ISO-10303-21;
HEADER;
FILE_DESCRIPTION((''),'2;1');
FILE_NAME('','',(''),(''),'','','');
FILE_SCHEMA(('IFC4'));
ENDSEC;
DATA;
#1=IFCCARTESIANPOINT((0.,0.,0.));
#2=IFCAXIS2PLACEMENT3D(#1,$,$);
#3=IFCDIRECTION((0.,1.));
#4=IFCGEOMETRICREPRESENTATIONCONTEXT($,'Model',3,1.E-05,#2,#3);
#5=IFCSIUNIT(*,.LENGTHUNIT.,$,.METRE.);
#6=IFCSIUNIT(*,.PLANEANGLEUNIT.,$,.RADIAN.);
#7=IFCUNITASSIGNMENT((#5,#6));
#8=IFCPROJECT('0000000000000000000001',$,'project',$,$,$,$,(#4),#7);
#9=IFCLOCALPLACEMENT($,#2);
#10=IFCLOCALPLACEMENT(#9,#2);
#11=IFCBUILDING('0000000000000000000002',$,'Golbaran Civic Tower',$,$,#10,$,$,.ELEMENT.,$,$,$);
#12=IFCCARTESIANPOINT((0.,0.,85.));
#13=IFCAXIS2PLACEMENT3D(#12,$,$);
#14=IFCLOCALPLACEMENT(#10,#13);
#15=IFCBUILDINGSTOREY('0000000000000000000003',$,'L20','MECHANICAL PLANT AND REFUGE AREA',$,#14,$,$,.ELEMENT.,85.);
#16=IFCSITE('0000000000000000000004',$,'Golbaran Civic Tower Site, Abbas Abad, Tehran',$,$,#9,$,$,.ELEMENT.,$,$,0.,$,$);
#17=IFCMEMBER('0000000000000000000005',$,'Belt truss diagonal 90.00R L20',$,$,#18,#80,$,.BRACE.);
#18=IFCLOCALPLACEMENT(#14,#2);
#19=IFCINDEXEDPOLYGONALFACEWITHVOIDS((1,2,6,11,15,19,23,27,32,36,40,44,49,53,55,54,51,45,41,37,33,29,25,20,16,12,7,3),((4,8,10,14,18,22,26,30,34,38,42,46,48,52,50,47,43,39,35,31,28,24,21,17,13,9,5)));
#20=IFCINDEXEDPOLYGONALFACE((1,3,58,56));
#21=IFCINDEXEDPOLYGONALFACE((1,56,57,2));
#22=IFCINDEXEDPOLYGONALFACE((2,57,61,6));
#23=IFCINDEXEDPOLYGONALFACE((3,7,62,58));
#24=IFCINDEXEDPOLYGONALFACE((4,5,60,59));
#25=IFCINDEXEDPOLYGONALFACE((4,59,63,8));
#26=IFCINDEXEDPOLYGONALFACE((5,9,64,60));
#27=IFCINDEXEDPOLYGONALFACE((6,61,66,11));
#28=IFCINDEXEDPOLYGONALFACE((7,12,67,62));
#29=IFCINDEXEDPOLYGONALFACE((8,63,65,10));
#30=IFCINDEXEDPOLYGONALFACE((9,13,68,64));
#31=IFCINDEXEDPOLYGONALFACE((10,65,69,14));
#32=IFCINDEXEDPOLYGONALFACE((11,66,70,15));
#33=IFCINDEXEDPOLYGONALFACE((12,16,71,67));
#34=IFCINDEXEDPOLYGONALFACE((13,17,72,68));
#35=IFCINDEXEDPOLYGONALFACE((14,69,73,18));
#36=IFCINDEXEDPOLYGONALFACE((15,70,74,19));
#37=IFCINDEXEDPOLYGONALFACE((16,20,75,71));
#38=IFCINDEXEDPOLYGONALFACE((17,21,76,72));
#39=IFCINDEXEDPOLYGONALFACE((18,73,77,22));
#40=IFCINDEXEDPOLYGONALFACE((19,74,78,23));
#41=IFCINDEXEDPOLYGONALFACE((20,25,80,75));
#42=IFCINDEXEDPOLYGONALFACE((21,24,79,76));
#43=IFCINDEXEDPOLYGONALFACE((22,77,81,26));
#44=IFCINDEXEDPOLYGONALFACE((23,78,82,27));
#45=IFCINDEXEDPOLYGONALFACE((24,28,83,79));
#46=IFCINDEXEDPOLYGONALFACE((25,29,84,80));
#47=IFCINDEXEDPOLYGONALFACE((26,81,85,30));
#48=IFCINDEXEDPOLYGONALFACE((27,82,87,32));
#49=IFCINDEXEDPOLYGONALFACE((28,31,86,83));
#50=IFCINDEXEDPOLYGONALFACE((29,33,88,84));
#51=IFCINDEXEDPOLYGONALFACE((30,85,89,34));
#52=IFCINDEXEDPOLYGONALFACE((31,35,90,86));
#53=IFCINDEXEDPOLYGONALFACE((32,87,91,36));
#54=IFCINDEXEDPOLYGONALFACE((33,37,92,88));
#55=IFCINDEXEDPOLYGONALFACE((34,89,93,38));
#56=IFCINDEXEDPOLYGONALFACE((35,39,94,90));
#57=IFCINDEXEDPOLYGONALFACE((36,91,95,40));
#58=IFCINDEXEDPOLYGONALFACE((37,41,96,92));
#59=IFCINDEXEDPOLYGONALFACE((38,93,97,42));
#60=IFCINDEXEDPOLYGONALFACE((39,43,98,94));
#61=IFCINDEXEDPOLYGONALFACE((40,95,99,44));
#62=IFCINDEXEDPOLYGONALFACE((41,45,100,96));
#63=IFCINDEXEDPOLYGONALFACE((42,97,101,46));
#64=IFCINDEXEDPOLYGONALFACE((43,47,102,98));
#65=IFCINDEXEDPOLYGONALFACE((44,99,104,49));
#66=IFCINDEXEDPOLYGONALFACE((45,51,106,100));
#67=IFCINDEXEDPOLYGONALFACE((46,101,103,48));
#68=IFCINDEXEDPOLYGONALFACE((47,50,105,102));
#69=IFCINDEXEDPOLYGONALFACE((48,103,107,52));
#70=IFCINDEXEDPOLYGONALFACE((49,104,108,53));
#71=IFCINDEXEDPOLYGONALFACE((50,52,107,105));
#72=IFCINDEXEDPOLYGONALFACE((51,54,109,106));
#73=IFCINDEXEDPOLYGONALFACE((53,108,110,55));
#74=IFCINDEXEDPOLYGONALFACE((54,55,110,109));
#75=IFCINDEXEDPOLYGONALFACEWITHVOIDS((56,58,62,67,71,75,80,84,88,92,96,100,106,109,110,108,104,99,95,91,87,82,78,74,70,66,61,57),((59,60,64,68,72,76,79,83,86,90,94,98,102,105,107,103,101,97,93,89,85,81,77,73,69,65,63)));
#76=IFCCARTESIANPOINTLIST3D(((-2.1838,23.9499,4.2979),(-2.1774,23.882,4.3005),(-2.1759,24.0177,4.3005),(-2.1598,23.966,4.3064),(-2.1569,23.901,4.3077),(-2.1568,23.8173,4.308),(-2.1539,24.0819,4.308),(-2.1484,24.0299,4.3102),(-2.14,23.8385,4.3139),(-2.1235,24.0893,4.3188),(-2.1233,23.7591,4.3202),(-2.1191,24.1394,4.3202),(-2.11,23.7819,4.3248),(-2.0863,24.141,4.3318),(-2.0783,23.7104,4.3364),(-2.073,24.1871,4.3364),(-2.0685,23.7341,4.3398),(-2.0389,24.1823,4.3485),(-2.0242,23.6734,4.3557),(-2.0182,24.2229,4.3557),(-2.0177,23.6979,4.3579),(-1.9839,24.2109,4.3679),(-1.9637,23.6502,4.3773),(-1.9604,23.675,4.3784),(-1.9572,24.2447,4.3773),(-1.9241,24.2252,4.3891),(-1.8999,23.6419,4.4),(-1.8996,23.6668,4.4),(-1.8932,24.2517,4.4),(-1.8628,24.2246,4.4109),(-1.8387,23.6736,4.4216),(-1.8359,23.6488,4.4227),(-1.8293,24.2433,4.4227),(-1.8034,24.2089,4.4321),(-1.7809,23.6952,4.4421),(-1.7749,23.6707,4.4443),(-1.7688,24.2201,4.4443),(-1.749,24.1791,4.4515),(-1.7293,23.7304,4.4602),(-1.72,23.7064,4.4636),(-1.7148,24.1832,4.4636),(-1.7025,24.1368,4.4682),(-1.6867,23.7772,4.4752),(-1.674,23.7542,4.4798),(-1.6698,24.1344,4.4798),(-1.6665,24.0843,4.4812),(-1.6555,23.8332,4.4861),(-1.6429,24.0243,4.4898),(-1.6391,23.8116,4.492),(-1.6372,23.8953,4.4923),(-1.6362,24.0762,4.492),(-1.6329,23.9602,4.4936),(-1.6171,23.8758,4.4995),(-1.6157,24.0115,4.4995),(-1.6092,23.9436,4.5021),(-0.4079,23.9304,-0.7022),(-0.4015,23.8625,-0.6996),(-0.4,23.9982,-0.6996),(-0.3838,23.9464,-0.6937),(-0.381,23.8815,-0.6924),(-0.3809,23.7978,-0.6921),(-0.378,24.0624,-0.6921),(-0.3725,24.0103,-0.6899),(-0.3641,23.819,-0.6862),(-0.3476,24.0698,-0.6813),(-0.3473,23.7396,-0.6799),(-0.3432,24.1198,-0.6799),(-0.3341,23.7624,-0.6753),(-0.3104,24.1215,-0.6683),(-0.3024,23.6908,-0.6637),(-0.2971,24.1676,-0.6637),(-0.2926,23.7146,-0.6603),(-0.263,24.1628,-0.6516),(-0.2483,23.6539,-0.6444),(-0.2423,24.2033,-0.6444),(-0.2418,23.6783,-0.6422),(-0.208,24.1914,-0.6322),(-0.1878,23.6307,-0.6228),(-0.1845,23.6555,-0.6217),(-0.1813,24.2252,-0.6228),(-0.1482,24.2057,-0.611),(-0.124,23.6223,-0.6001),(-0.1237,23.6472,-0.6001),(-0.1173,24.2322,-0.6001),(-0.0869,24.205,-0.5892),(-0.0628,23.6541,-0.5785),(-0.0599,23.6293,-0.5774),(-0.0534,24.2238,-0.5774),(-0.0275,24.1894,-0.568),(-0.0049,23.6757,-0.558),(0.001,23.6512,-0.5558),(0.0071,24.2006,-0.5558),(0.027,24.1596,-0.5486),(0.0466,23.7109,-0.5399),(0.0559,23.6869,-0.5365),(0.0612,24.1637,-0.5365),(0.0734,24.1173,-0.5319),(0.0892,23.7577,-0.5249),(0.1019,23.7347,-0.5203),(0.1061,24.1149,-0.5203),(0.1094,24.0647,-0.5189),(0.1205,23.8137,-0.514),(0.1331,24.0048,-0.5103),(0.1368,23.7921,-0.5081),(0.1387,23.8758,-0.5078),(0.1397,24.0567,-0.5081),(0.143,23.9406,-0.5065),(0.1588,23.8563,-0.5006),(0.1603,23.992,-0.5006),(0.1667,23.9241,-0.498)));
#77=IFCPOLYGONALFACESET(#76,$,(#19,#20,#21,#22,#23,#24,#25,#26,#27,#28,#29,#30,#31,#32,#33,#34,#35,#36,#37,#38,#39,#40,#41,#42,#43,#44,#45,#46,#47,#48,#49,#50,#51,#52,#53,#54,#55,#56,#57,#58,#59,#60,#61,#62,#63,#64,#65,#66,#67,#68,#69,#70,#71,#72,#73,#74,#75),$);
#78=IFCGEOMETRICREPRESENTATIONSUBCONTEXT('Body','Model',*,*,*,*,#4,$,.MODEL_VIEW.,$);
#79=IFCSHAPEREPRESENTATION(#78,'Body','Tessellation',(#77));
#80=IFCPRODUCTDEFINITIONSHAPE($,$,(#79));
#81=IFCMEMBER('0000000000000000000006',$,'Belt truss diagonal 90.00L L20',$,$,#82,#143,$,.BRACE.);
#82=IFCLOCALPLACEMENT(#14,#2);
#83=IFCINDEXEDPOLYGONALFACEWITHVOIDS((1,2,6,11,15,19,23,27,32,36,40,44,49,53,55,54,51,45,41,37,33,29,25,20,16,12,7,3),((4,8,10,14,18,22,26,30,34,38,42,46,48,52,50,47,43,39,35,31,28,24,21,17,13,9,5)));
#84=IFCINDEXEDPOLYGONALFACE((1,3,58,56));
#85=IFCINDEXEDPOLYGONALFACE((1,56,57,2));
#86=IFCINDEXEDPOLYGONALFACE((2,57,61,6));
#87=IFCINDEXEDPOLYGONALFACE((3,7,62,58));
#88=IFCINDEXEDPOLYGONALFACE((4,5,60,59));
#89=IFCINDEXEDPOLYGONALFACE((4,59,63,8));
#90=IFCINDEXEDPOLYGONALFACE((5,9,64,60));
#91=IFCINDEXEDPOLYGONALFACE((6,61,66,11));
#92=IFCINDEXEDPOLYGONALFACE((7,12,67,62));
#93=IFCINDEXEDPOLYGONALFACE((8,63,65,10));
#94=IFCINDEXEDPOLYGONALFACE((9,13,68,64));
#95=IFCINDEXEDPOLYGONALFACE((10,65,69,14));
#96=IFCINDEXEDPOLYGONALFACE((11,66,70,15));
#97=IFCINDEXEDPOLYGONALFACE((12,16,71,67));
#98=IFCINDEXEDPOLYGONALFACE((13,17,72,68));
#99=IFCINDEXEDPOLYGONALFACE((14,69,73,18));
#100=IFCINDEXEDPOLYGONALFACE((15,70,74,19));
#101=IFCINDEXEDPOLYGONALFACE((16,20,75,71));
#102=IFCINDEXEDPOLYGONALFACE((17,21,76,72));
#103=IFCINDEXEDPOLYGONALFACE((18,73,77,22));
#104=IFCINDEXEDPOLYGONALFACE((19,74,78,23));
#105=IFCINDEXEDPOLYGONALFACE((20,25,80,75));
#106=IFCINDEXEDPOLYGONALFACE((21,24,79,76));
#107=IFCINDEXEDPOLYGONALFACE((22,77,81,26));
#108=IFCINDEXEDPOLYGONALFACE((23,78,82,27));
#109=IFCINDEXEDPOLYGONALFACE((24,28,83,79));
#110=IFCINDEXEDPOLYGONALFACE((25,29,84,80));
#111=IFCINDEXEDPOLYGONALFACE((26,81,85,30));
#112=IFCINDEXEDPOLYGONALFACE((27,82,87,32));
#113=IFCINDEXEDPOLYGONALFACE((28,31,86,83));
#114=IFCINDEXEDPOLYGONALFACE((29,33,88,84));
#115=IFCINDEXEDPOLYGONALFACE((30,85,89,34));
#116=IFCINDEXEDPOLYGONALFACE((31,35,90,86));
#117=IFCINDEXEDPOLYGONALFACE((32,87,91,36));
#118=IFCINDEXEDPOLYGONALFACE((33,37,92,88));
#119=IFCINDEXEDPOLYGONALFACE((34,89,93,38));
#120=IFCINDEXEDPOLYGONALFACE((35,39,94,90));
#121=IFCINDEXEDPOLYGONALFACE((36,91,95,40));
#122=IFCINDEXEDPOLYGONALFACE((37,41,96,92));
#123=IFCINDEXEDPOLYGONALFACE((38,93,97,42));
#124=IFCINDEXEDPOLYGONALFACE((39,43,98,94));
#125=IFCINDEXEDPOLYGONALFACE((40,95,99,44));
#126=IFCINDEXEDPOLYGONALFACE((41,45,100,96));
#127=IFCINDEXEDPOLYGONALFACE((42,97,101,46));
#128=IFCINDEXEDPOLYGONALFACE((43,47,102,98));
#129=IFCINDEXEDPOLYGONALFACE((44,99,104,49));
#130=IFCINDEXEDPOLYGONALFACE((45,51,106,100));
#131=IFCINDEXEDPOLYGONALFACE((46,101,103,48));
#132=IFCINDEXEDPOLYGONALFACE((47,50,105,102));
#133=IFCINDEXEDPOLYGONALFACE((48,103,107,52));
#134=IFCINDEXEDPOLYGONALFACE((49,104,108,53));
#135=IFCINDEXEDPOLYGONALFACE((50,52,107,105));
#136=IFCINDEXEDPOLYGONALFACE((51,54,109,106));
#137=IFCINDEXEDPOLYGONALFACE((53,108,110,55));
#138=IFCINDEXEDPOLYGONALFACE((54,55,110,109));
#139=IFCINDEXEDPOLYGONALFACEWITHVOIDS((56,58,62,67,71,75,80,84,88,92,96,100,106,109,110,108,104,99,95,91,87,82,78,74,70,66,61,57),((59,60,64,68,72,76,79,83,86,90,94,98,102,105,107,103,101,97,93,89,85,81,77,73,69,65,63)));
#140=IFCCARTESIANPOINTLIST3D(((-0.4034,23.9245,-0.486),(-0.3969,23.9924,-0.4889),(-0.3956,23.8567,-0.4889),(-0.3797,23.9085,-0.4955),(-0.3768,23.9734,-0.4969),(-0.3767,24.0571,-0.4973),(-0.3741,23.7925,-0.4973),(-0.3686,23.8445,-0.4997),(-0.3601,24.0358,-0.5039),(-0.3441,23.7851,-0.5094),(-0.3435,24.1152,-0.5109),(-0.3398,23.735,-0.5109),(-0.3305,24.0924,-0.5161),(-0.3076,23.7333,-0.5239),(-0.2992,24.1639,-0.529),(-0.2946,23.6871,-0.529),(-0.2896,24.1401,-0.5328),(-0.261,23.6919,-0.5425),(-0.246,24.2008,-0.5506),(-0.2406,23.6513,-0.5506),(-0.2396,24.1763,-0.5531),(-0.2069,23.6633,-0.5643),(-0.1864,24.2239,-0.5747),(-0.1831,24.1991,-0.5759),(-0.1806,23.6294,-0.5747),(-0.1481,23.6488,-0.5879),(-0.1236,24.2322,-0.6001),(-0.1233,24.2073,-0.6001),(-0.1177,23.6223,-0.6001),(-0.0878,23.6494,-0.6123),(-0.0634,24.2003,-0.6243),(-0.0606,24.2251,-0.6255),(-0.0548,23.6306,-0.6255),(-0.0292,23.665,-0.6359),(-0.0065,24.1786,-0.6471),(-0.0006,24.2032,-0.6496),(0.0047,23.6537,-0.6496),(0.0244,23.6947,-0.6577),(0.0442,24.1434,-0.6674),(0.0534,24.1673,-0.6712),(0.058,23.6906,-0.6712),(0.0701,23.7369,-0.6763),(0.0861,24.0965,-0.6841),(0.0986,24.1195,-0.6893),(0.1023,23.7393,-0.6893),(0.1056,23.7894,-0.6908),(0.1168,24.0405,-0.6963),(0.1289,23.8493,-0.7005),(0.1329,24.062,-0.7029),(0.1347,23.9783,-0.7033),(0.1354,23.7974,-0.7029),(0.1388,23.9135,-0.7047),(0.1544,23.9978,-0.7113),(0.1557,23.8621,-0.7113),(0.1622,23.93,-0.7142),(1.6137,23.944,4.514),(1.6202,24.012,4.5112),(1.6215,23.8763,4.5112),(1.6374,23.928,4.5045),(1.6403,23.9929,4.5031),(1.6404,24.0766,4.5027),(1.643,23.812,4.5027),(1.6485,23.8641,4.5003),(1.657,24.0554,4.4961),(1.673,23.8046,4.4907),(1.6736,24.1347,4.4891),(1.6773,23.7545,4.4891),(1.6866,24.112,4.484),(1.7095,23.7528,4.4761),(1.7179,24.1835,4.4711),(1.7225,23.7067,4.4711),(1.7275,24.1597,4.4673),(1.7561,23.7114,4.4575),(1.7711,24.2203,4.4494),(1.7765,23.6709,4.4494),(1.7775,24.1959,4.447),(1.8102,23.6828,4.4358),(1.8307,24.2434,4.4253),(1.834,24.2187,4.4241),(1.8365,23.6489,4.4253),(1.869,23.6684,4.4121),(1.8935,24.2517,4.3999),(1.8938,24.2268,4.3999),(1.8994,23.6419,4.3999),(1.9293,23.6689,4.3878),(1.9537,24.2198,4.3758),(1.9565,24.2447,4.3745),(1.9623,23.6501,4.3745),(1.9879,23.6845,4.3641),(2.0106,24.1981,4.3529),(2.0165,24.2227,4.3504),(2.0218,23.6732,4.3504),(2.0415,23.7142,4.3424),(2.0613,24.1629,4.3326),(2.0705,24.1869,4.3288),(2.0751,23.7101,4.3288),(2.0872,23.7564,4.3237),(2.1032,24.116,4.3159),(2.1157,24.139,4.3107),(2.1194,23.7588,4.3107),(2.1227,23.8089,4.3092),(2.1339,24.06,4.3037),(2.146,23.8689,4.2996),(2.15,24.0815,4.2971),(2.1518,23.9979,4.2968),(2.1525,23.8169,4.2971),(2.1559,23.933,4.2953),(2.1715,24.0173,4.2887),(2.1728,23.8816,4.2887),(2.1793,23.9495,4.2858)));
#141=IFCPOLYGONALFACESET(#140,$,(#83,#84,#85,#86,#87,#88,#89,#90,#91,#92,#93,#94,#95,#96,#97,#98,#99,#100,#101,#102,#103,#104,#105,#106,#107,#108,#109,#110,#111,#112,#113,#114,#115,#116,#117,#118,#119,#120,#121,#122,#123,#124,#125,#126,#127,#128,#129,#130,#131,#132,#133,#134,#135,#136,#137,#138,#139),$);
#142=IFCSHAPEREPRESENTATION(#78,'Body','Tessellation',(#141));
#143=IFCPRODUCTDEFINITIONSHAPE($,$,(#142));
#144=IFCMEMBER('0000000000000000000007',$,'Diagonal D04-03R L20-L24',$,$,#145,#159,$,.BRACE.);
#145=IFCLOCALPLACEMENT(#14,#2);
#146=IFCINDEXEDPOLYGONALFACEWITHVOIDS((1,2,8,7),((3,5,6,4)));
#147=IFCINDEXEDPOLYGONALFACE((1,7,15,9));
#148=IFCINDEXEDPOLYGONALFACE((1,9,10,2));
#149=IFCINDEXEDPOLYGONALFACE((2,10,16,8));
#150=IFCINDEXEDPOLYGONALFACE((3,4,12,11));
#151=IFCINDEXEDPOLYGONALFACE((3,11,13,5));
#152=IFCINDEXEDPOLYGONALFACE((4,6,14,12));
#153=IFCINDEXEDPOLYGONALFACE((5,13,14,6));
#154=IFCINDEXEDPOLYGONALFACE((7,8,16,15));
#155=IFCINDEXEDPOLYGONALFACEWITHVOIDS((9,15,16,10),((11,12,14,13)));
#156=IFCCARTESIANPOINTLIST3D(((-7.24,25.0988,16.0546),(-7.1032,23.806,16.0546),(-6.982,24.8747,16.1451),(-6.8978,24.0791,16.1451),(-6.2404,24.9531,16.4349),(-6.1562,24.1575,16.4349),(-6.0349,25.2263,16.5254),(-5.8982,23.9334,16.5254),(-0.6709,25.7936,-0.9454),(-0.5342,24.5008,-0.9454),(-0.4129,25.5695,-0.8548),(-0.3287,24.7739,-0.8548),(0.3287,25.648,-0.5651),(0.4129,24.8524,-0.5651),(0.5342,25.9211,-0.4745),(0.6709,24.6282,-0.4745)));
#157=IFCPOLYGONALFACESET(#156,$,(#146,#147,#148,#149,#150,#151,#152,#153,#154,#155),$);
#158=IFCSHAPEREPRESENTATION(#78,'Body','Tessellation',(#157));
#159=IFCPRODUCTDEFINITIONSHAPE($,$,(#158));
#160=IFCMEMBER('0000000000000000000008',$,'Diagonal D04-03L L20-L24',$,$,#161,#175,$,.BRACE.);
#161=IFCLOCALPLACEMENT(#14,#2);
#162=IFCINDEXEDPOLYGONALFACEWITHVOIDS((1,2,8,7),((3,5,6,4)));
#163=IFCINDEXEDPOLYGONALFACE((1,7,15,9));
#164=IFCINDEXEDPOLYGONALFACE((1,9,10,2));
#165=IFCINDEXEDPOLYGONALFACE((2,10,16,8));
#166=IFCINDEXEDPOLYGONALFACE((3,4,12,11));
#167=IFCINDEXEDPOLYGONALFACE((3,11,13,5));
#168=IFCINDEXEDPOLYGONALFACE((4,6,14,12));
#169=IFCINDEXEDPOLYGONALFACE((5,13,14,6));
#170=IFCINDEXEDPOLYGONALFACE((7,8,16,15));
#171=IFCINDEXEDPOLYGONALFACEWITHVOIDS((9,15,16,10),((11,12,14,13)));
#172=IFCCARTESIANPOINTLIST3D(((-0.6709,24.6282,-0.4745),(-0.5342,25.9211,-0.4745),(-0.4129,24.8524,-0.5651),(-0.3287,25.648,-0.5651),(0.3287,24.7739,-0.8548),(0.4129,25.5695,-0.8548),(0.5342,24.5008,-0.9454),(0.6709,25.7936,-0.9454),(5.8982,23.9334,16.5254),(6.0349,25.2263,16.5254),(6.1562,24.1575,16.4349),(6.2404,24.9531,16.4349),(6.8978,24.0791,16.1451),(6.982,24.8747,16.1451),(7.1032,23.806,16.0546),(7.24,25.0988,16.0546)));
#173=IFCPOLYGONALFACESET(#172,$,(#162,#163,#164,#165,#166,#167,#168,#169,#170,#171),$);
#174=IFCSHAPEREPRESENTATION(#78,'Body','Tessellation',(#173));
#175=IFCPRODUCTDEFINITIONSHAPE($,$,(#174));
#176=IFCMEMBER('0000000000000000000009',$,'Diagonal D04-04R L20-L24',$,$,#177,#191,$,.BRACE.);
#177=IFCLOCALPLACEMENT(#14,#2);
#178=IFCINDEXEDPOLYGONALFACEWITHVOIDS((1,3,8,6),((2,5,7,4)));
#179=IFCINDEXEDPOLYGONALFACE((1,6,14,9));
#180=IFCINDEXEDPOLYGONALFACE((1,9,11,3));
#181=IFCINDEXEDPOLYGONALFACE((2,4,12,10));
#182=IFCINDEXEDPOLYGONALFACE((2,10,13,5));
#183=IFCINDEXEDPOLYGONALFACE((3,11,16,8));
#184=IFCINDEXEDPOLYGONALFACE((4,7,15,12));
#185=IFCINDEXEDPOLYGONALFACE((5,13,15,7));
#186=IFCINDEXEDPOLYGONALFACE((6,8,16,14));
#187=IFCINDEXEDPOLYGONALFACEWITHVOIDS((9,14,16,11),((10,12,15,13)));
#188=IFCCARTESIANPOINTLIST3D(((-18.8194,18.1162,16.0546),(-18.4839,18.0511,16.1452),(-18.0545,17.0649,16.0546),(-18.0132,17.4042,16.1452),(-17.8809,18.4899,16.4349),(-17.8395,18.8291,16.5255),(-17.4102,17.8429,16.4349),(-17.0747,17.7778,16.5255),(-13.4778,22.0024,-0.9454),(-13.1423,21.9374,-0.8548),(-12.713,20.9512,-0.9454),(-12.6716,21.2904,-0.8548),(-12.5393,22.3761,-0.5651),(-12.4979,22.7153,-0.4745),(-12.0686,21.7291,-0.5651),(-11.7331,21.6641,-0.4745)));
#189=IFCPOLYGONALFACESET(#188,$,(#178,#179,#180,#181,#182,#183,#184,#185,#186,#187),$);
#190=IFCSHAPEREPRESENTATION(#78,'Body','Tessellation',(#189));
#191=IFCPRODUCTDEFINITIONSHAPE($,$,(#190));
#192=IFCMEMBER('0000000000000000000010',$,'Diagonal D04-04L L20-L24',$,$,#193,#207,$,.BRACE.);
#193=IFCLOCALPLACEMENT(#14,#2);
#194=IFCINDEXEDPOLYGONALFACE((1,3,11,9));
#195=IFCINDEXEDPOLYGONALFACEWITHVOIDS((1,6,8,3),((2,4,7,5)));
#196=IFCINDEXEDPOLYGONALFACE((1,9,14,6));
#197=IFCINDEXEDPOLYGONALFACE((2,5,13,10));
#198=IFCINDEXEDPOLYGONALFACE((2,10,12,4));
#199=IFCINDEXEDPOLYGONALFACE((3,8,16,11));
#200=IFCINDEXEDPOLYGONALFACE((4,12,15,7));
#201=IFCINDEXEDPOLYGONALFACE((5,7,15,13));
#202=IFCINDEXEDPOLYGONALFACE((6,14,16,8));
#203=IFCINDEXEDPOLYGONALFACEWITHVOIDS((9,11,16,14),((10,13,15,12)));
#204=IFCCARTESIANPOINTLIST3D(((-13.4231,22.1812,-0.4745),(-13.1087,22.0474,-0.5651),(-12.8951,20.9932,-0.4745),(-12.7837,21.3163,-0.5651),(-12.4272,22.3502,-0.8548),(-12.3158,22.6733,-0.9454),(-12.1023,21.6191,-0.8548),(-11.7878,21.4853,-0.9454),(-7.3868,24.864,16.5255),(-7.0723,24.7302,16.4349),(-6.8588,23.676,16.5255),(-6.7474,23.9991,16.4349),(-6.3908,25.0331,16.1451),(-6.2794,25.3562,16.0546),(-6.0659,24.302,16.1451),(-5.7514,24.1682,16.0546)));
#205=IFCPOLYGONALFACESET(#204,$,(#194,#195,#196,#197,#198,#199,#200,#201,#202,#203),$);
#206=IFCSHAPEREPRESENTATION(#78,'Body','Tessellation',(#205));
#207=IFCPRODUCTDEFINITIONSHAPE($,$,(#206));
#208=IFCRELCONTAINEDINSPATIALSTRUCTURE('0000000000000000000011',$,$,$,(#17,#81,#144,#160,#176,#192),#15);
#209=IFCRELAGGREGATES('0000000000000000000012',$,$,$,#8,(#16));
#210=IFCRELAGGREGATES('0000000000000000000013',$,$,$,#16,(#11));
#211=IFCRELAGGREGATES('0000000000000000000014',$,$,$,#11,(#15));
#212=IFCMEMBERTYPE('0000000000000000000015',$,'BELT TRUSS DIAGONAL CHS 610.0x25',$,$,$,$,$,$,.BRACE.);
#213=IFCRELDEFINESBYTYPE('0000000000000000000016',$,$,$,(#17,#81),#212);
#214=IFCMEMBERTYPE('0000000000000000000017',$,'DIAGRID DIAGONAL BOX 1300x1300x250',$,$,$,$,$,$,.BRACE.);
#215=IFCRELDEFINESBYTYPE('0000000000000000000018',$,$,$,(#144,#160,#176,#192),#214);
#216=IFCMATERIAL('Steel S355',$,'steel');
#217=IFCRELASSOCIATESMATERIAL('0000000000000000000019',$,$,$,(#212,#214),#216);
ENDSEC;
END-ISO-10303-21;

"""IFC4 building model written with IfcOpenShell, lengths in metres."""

from ifc_helpers import new_model, si_unit, direction, frame, origin, origin_2d, place, context, subcontext, project, spatial, hollow_rectangle, hollow_circle, extrude, material, material_profile, profile_set, type_object, element, save


model = new_model("IFC4")

# Units and contexts
model_context = context("Model", 3, precision=1e-05, world=origin(), true_north=direction((0.0, 1.0)))
body_context = subcontext(model_context, "Body", "Model", "MODEL_VIEW")
ifc_project = project(units=[si_unit("LENGTHUNIT", "METRE"), si_unit("PLANEANGLEUNIT", "RADIAN")], contexts=[model_context])

# Site, building, storey
site_placement = place(None, origin())
site = spatial("IfcSite", under=ifc_project, at=site_placement, Name="Golbaran Civic Tower Site, Abbas Abad, Tehran", CompositionType="ELEMENT", RefElevation=0.0)
building_placement = place(site_placement, origin())
building = spatial("IfcBuilding", under=site, at=building_placement, Name="Golbaran Civic Tower", CompositionType="ELEMENT")
storey_placement = place(building_placement, frame((0.0, 0.0, 85.0)))
storey = spatial("IfcBuildingStorey", under=building, at=storey_placement, Name="L20", Description="MECHANICAL PLANT AND REFUGE AREA", CompositionType="ELEMENT", Elevation=85.0)

# Members
ifc_material_1 = material(Name="Steel S355", Category="steel")
ifc_material_profile_1 = material_profile(ifc_material_1, hollow_circle(Radius=0.3049, WallThickness=0.0249, at=origin_2d()), Name="CHS 610.0x25")
ifc_profile_set_1 = profile_set([ifc_material_profile_1], Name="Steel S355")
member_type_1 = type_object("IfcMemberType", Name="BELT TRUSS DIAGONAL CHS 610.0x25", PredefinedType="BRACE", material=ifc_profile_set_1)
member_1_placement = place(storey_placement, frame((-0.1206, 23.9272, -0.6001), z_axis=(-0.33469, 0.003681, 0.942321), x_axis=(-0.010997, -0.99994, 0.0)))
element("IfcMember", 1, at=member_1_placement, inside=storey, type_object=member_type_1, Name="Belt truss diagonal 90.00R L20", PredefinedType="BRACE", context=body_context, shape_type="SweptSolid", body=[
    extrude(hollow_circle(Radius=0.3049, WallThickness=0.0249, at=origin_2d()), origin(), (0.0, 0.0, 1.0), 5.3062),
])
member_2_placement = place(storey_placement, frame((-0.1206, 23.9272, -0.6001), z_axis=(0.374119, 0.003623, 0.927374), x_axis=(-0.009682, 0.999953, 0.0)))
element("IfcMember", 2, at=member_2_placement, inside=storey, type_object=member_type_1, Name="Belt truss diagonal 90.00L L20", PredefinedType="BRACE", context=body_context, shape_type="SweptSolid", body=[
    extrude(hollow_circle(Radius=0.3049, WallThickness=0.0249, at=origin_2d()), origin(), (0.0, 0.0, 1.0), 5.3916),
])
ifc_material_profile_2 = material_profile(ifc_material_1, hollow_rectangle(XDim=1.3, YDim=1.3, WallThickness=0.25, at=origin_2d()), Name="BOX 1300x1300x250")
ifc_profile_set_2 = profile_set([ifc_material_profile_2], Name="Steel S355")
member_type_2 = type_object("IfcMemberType", Name="DIAGRID DIAGONAL BOX 1300x1300x250", PredefinedType="BRACE", material=ifc_profile_set_2)
for number, where, z_axis, x_axis, name in (
    (3, (0.0, 25.2109, -0.71), (-0.360181, -0.038097, 0.932104), (0.105185, -0.994453, 0.0), "Diagonal D04-03R L20-L24"),
    (4, (0.0, 25.2109, -0.71), (0.360181, -0.038097, 0.932104), (0.105185, 0.994453, 0.0), "Diagonal D04-03L L20-L24"),
    (5, (-12.6055, 21.8333, -0.71), (-0.292876, -0.213081, 0.932105), (0.588317, -0.808631, 0.0), "Diagonal D04-04R L20-L24"),
    (6, (-12.6055, 21.8333, -0.71), (0.330973, 0.1471, 0.932104), (-0.406142, 0.91381, 0.0), "Diagonal D04-04L L20-L24"),
):
    element("IfcMember", number, at=place(storey_placement, frame(where, z_axis=z_axis, x_axis=x_axis)), inside=storey, type_object=member_type_2, Name=name, PredefinedType="BRACE", context=body_context, shape_type="SweptSolid", body=[
        extrude(hollow_rectangle(XDim=1.3, YDim=1.3, WallThickness=0.25, at=origin_2d()), origin(), (0.0, 0.0, 1.0), 18.2383),
    ])

save(model, "model.ifc")
